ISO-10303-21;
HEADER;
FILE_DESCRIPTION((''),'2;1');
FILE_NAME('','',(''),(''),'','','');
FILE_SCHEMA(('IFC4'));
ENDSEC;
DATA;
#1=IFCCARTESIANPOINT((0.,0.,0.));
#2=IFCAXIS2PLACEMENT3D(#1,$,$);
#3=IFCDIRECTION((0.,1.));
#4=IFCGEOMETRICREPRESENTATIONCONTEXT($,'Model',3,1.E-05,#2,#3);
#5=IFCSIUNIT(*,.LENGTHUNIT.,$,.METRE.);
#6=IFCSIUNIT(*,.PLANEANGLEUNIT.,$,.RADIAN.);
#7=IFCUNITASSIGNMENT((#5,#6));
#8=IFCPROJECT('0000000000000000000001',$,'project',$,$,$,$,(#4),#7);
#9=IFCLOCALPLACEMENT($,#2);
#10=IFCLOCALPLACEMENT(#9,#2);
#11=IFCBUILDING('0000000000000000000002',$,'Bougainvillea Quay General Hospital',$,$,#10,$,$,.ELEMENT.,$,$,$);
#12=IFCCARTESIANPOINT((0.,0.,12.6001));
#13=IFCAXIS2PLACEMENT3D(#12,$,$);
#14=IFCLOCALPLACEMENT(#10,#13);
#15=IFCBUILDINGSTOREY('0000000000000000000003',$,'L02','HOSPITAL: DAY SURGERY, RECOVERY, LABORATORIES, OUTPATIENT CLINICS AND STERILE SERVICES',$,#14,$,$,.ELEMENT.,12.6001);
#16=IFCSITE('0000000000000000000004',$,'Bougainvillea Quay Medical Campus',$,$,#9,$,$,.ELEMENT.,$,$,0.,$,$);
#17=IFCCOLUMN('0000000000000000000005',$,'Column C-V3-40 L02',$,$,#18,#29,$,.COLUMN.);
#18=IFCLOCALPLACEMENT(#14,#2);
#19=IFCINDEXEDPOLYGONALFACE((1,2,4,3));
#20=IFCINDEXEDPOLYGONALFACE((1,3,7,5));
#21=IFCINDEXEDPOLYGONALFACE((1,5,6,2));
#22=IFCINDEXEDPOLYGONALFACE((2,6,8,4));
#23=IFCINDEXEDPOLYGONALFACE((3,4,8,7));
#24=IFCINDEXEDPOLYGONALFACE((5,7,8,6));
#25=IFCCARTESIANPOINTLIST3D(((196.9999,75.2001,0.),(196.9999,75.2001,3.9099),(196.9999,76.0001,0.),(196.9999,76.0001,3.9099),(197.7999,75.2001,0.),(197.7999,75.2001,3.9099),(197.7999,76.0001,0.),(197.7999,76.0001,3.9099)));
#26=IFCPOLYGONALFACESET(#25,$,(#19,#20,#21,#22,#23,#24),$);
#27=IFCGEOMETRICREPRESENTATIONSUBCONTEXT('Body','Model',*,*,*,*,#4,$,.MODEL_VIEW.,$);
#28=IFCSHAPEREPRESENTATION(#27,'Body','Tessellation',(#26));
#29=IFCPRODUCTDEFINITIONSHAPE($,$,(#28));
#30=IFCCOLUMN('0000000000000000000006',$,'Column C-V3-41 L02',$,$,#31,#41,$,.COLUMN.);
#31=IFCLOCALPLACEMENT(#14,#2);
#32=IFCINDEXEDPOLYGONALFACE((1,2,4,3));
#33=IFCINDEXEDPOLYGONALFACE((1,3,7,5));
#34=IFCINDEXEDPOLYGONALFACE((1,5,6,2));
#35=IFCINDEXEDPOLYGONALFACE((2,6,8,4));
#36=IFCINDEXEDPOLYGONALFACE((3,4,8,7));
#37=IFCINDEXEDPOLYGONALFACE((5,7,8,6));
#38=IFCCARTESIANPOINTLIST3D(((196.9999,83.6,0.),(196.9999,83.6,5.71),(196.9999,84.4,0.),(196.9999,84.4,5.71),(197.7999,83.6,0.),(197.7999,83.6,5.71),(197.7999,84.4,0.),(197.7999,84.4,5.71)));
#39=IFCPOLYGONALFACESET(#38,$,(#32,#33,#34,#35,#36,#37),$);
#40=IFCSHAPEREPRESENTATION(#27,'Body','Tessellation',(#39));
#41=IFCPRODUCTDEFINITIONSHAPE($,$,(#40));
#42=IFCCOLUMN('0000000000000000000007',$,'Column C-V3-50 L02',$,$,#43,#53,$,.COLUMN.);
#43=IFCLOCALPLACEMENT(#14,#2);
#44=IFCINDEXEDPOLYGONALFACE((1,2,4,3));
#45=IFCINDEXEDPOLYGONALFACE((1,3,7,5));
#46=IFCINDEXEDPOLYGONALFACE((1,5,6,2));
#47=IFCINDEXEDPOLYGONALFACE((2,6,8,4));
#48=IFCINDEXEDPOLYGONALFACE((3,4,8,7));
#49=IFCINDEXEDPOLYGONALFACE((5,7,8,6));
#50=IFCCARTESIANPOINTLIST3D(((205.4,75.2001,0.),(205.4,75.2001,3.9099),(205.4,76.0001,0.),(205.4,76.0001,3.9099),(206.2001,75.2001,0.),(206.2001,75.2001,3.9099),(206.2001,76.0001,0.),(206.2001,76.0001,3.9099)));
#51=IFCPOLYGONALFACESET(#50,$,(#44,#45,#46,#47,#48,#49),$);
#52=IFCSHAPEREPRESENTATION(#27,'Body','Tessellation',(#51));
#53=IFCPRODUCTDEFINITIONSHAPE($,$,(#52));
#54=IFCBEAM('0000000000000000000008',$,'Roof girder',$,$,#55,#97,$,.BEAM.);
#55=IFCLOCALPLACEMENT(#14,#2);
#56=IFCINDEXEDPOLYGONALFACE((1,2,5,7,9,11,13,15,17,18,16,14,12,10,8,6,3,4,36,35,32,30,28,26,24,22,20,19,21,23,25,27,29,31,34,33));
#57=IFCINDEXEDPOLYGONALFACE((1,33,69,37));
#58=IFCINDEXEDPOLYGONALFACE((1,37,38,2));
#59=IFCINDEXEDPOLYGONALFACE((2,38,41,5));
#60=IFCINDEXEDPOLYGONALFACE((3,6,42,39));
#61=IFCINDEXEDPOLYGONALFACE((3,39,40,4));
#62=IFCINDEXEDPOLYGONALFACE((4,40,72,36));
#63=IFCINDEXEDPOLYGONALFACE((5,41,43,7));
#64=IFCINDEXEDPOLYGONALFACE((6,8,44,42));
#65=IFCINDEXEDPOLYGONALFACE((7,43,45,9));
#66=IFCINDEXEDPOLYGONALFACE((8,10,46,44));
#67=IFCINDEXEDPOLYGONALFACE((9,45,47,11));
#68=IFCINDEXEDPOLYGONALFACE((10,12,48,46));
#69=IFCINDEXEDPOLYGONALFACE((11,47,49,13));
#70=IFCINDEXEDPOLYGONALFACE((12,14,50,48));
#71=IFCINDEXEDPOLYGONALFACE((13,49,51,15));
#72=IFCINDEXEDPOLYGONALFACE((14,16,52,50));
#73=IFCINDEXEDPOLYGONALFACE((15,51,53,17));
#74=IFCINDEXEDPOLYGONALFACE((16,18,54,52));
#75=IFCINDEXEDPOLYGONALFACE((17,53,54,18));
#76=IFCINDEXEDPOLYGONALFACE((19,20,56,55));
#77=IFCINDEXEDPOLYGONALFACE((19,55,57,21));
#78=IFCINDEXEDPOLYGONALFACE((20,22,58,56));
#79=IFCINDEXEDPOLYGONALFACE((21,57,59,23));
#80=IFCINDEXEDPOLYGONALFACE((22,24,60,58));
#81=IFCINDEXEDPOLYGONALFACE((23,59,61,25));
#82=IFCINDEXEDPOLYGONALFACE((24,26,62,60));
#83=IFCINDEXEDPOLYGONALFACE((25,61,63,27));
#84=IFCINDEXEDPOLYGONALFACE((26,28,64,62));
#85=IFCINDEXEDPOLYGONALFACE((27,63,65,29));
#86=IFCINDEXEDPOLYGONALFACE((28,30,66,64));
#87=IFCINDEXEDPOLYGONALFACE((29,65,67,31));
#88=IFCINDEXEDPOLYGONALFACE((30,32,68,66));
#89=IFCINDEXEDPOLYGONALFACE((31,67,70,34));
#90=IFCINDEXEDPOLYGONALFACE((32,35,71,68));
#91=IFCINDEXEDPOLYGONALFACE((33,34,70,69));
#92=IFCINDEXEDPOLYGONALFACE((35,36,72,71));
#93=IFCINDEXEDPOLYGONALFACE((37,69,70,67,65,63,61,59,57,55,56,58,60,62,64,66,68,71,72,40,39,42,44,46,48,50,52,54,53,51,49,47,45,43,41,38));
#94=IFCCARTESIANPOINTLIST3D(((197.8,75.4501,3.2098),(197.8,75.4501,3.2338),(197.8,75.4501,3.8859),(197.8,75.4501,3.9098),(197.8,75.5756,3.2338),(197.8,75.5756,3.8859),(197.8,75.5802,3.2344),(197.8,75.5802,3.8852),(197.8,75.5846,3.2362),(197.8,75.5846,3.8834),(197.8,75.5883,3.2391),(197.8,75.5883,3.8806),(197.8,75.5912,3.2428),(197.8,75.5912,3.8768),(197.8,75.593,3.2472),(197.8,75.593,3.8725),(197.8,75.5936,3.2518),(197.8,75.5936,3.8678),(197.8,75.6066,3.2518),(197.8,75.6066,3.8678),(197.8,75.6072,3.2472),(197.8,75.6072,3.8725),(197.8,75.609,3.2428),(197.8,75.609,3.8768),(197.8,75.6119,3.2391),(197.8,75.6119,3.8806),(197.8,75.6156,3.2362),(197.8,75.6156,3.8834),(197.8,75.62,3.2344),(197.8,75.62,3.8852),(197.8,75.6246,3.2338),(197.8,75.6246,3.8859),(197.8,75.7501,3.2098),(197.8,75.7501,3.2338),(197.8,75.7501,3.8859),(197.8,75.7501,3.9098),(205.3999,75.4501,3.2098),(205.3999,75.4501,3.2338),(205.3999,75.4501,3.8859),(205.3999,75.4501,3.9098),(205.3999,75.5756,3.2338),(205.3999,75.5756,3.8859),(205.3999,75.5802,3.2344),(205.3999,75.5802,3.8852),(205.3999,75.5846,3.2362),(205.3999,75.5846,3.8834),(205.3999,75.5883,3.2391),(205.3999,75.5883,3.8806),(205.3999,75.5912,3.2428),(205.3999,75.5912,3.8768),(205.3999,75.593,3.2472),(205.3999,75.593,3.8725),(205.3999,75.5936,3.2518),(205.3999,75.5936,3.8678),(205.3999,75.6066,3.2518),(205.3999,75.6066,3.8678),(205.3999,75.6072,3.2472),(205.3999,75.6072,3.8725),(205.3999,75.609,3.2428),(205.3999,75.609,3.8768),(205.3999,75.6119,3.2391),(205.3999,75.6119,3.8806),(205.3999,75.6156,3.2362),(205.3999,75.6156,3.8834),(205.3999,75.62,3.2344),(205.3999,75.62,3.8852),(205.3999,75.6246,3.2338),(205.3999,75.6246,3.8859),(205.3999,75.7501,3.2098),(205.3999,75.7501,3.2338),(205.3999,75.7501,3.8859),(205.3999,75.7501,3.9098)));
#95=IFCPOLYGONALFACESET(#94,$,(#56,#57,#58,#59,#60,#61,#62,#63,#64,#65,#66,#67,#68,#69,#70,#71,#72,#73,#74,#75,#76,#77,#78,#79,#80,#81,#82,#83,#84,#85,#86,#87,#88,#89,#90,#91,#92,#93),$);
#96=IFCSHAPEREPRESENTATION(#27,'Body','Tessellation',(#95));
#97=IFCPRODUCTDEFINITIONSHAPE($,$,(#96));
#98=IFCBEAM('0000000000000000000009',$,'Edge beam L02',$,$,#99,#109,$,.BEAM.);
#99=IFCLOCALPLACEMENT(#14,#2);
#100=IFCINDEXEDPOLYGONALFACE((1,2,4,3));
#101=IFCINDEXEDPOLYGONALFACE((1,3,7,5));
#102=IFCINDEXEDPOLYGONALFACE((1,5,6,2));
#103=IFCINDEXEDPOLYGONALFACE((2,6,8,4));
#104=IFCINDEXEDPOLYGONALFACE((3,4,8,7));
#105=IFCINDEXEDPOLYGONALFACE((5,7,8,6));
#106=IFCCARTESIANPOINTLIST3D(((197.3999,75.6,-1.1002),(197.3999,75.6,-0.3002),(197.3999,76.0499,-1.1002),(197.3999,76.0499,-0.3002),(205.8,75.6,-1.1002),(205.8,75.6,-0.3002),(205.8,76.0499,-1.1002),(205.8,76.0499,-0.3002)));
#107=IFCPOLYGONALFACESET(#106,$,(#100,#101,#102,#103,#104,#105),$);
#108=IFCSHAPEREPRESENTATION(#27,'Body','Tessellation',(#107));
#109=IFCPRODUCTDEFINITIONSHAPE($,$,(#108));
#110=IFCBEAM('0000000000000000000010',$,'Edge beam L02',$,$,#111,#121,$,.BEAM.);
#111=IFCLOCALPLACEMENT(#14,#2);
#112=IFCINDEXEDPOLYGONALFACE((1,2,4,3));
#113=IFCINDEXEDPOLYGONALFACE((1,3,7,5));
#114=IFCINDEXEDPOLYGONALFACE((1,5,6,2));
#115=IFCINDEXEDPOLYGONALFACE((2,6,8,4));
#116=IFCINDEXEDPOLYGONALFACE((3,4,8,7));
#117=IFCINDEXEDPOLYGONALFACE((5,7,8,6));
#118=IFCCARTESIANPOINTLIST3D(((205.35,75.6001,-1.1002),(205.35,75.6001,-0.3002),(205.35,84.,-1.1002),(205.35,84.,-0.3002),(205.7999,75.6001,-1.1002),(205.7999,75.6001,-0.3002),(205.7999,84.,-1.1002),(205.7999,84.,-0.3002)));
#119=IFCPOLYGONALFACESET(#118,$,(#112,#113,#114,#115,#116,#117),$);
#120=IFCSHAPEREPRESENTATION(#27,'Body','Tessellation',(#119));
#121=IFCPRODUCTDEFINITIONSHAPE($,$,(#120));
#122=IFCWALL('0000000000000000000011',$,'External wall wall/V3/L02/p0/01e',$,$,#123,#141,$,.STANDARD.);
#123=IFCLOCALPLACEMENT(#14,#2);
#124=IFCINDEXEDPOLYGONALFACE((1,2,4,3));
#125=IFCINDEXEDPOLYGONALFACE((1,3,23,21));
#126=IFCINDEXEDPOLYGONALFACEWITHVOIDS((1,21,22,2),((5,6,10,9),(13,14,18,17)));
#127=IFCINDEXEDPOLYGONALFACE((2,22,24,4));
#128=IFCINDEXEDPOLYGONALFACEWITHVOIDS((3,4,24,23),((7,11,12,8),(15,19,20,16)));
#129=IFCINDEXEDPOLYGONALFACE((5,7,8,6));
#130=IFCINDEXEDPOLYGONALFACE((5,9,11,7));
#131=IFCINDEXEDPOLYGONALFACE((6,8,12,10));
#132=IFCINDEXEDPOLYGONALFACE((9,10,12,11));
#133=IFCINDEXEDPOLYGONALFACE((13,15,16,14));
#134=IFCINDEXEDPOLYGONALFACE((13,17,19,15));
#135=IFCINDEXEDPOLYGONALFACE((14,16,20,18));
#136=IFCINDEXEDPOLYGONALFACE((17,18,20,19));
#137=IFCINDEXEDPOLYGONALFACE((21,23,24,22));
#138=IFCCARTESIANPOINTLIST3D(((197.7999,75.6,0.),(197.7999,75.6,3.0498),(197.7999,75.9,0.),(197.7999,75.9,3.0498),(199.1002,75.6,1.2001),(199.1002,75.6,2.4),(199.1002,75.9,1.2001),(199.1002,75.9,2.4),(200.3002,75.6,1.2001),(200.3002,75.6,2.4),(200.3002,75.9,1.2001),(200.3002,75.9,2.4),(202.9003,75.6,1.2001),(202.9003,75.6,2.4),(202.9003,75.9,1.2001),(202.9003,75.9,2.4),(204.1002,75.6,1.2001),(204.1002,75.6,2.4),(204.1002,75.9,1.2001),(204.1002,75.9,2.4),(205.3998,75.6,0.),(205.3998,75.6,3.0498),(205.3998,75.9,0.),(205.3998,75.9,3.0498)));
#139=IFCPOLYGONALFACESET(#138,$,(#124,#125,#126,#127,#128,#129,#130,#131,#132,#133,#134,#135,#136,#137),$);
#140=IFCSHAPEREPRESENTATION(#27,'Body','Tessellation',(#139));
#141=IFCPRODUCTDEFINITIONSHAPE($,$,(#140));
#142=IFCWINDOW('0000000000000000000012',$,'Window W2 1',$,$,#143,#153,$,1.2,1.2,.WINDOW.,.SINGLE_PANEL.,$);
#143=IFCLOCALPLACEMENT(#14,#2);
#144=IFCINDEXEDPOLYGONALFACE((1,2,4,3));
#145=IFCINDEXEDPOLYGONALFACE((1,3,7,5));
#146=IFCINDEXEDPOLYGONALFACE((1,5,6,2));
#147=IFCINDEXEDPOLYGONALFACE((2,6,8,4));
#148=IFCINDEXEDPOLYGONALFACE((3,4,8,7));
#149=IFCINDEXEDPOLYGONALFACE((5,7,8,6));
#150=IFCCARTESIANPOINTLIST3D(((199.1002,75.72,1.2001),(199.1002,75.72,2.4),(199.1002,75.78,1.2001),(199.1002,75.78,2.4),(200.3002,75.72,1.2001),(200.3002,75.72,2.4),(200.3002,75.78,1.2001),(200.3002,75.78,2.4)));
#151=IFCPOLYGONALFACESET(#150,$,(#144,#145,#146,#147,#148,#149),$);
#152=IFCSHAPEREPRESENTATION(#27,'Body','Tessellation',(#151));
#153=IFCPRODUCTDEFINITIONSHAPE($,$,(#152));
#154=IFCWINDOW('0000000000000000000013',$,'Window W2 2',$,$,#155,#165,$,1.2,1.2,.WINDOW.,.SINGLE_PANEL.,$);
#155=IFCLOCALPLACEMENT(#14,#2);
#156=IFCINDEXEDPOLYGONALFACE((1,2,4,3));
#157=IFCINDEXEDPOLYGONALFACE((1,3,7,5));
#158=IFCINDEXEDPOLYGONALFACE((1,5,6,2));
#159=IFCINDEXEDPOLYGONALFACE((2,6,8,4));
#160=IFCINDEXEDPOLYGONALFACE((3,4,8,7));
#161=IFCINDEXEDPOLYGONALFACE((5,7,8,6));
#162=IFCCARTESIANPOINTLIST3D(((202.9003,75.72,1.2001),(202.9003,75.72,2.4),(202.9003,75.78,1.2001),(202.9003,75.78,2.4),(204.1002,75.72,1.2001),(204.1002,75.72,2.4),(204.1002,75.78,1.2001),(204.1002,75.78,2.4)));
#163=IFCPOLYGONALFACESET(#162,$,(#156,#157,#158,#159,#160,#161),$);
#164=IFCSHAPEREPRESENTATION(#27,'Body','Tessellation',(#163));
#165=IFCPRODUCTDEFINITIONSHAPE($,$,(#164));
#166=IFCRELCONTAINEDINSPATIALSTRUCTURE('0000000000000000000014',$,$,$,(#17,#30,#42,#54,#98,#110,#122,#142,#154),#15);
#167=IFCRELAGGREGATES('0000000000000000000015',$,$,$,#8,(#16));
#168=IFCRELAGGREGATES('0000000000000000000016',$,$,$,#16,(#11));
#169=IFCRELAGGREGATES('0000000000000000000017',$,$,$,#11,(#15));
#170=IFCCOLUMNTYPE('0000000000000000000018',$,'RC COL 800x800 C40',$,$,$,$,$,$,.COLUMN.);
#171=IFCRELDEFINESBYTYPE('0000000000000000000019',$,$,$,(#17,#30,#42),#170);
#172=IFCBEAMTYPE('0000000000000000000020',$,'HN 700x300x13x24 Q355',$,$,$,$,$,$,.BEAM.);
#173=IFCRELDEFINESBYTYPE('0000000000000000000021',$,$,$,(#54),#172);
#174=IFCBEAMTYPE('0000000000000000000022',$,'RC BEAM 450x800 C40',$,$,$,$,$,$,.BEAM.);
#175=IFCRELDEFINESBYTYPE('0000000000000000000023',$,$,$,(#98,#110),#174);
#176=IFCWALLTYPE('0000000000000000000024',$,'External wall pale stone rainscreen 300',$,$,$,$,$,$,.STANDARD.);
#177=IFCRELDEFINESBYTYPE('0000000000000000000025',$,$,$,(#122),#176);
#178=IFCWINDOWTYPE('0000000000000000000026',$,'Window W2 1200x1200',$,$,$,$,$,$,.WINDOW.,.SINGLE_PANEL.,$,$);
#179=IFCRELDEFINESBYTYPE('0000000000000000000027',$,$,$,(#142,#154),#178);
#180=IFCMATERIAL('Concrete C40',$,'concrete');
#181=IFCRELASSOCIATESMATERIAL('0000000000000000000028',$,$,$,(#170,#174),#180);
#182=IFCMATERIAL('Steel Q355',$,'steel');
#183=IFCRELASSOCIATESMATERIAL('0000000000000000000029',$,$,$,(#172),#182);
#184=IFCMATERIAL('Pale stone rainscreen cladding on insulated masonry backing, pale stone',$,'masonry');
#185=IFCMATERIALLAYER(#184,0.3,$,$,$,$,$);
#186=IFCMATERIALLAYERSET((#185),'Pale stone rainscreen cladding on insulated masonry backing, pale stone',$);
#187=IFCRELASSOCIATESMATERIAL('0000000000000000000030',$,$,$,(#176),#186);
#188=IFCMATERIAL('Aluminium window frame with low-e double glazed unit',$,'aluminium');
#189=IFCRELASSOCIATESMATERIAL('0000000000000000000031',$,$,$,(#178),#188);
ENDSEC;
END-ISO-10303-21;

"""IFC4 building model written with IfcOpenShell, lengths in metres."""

from ifc_helpers import new_model, si_unit, direction, frame, frame_2d, origin, origin_2d, place, context, subcontext, project, spatial, rectangle, i_section, extrude, material, layer, layer_set, material_profile, profile_set, type_object, element, fill, save


model = new_model("IFC4")

# Units and contexts
model_context = context("Model", 3, precision=1e-05, world=origin(), true_north=direction((0.0, 1.0)))
body_context = subcontext(model_context, "Body", "Model", "MODEL_VIEW")
ifc_project = project(units=[si_unit("LENGTHUNIT", "METRE"), si_unit("PLANEANGLEUNIT", "RADIAN")], contexts=[model_context])

# Site, building, storey
site_placement = place(None, origin())
site = spatial("IfcSite", under=ifc_project, at=site_placement, Name="Bougainvillea Quay Medical Campus", CompositionType="ELEMENT", RefElevation=0.0)
building_placement = place(site_placement, origin())
building = spatial("IfcBuilding", under=site, at=building_placement, Name="Bougainvillea Quay General Hospital", CompositionType="ELEMENT")
storey_placement = place(building_placement, frame((0.0, 0.0, 12.6001)))
storey = spatial("IfcBuildingStorey", under=building, at=storey_placement, Name="L02", Description="HOSPITAL: DAY SURGERY, RECOVERY, LABORATORIES, OUTPATIENT CLINICS AND STERILE SERVICES", CompositionType="ELEMENT", Elevation=12.6001)

# Columns
ifc_material_1 = material(Name="Concrete C40", Category="concrete")
ifc_material_profile_1 = material_profile(ifc_material_1, rectangle(XDim=0.8, YDim=0.8, at=origin_2d()))
ifc_profile_set_1 = profile_set([ifc_material_profile_1], Name="Concrete C40")
column_type = type_object("IfcColumnType", Name="RC COL 800x800 C40", PredefinedType="COLUMN", material=ifc_profile_set_1)
column_1_placement = place(storey_placement, frame((197.3999, 75.6001, 0.0), z_axis=(0.0, 0.0, 1.0), x_axis=(1.0, 0.0, 0.0)))
element("IfcColumn", 1, at=column_1_placement, inside=storey, type_object=column_type, Name="Column C-V3-40 L02", PredefinedType="COLUMN", context=body_context, shape_type="SweptSolid", body=[
    extrude(rectangle(XDim=0.8, YDim=0.8, at=origin_2d()), origin(), (0.0, 0.0, 1.0), 3.9099),
])
column_2_placement = place(storey_placement, frame((197.3999, 84.0, 0.0), z_axis=(0.0, 0.0, 1.0), x_axis=(1.0, 0.0, 0.0)))
element("IfcColumn", 2, at=column_2_placement, inside=storey, type_object=column_type, Name="Column C-V3-41 L02", PredefinedType="COLUMN", context=body_context, shape_type="SweptSolid", body=[
    extrude(rectangle(XDim=0.8, YDim=0.8, at=origin_2d()), origin(), (0.0, 0.0, 1.0), 5.71),
])
column_3_placement = place(storey_placement, frame((205.8, 75.6001, 0.0), z_axis=(0.0, 0.0, 1.0), x_axis=(1.0, 0.0, 0.0)))
element("IfcColumn", 3, at=column_3_placement, inside=storey, type_object=column_type, Name="Column C-V3-50 L02", PredefinedType="COLUMN", context=body_context, shape_type="SweptSolid", body=[
    extrude(rectangle(XDim=0.8, YDim=0.8, at=origin_2d()), origin(), (0.0, 0.0, 1.0), 3.9099),
])

# Beams
ifc_material_2 = material(Name="Steel Q355", Category="steel")
ifc_material_profile_2 = material_profile(ifc_material_2, i_section(OverallWidth=0.3, OverallDepth=0.7, WebThickness=0.0129, FlangeThickness=0.0239, FilletRadius=0.0181, at=origin_2d()))
ifc_profile_set_2 = profile_set([ifc_material_profile_2], Name="Steel Q355")
beam_type_1 = type_object("IfcBeamType", Name="HN 700x300x13x24 Q355", PredefinedType="BEAM", material=ifc_profile_set_2)
beam_1_placement = place(storey_placement, frame((197.8, 75.6001, 3.5598), z_axis=(1.0, 0.0, 0.0), x_axis=(0.0, 1.0, 0.0)))
element("IfcBeam", 4, at=beam_1_placement, inside=storey, type_object=beam_type_1, Name="Roof girder", PredefinedType="BEAM", context=body_context, shape_type="SweptSolid", body=[
    extrude(i_section(OverallWidth=0.3, OverallDepth=0.7, WebThickness=0.0129, FlangeThickness=0.0239, FilletRadius=0.0181, at=origin_2d()), origin(), (0.0, 0.0, 1.0), 7.5999),
])
ifc_material_profile_3 = material_profile(ifc_material_1, rectangle(XDim=0.45, YDim=0.8, at=origin_2d()))
ifc_profile_set_3 = profile_set([ifc_material_profile_3], Name="Concrete C40")
beam_type_2 = type_object("IfcBeamType", Name="RC BEAM 450x800 C40", PredefinedType="BEAM", material=ifc_profile_set_3)
beam_2_placement = place(storey_placement, frame((197.3999, 75.825, -0.7002), z_axis=(1.0, 0.0, 0.0), x_axis=(0.0, 1.0, 0.0)))
element("IfcBeam", 5, at=beam_2_placement, inside=storey, type_object=beam_type_2, Name="Edge beam L02", PredefinedType="BEAM", context=body_context, shape_type="SweptSolid", body=[
    extrude(rectangle(XDim=0.45, YDim=0.8, at=origin_2d()), origin(), (0.0, 0.0, 1.0), 8.4001),
])
beam_3_placement = place(storey_placement, frame((205.575, 75.6001, -0.7002), z_axis=(0.0, 1.0, 0.0), x_axis=(-1.0, 0.0, 0.0)))
element("IfcBeam", 6, at=beam_3_placement, inside=storey, type_object=beam_type_2, Name="Edge beam L02", PredefinedType="BEAM", context=body_context, shape_type="SweptSolid", body=[
    extrude(rectangle(XDim=0.45, YDim=0.8, at=origin_2d()), origin(), (0.0, 0.0, 1.0), 8.3999),
])

# Wall, openings, windows
ifc_material_3 = material(Name="Pale stone rainscreen cladding on insulated masonry backing, pale stone", Category="masonry")
ifc_layer_1 = layer(ifc_material_3, 0.3)
ifc_layer_set_1 = layer_set([ifc_layer_1], Name="Pale stone rainscreen cladding on insulated masonry backing, pale stone")
wall_type_1 = type_object("IfcWallType", Name="External wall pale stone rainscreen 300", PredefinedType="STANDARD", material=ifc_layer_set_1)
wall_1_placement = place(storey_placement, frame((197.8, 75.75, 0.0), z_axis=(0.0, 0.0, 1.0), x_axis=(1.0, 0.0, 0.0)))
wall_1 = element("IfcWall", 7, at=wall_1_placement, inside=storey, type_object=wall_type_1, Name="External wall wall/V3/L02/p0/01e", PredefinedType="STANDARD", context=body_context, shape_type="SweptSolid", body=[
    extrude(rectangle(XDim=7.5999, YDim=0.3, at=frame_2d((3.7998, 0.0))), origin(), (0.0, 0.0, 1.0), 3.0498),
])
opening_1_placement = place(wall_1_placement, frame((1.3, 0.0, 1.2)))
opening_1 = element("IfcOpeningElement", 8, at=opening_1_placement, cuts=wall_1, PredefinedType="OPENING", context=body_context, shape_type="SweptSolid", body=[
    extrude(rectangle(XDim=1.2, YDim=1.2, at=frame_2d((0.6001, 0.6001))), frame((0.0, 0.1599, 0.0), z_axis=(0.0, -1.0, 0.0), x_axis=(1.0, 0.0, 0.0)), (0.0, 0.0, 1.0), 0.3201),
])
opening_2_placement = place(wall_1_placement, frame((5.1001, 0.0, 1.2)))
opening_2 = element("IfcOpeningElement", 9, at=opening_2_placement, cuts=wall_1, PredefinedType="OPENING", context=body_context, shape_type="SweptSolid", body=[
    extrude(rectangle(XDim=1.2, YDim=1.2, at=frame_2d((0.6001, 0.6001))), frame((0.0, 0.1599, 0.0), z_axis=(0.0, -1.0, 0.0), x_axis=(1.0, 0.0, 0.0)), (0.0, 0.0, 1.0), 0.3201),
])
ifc_material_4 = material(Name="Aluminium window frame with low-e double glazed unit", Category="aluminium")
window_type = type_object("IfcWindowType", Name="Window W2 1200x1200", PartitioningType="SINGLE_PANEL", PredefinedType="WINDOW", material=ifc_material_4)
window_1_placement = place(opening_1_placement, origin())
window_1 = element("IfcWindow", 10, at=window_1_placement, inside=storey, type_object=window_type, Name="Window W2 1", OverallHeight=1.2, OverallWidth=1.2, PartitioningType="SINGLE_PANEL", PredefinedType="WINDOW", context=body_context, shape_type="SweptSolid", body=[
    extrude(rectangle(XDim=1.2, YDim=1.2, at=frame_2d((0.6001, 0.6001))), frame((0.0, 0.03, 0.0), z_axis=(0.0, -1.0, 0.0), x_axis=(1.0, 0.0, 0.0)), (0.0, 0.0, 1.0), 0.0601),
])
fill(opening_1, window_1)
window_2_placement = place(opening_2_placement, origin())
window_2 = element("IfcWindow", 11, at=window_2_placement, inside=storey, type_object=window_type, Name="Window W2 2", OverallHeight=1.2, OverallWidth=1.2, PartitioningType="SINGLE_PANEL", PredefinedType="WINDOW", context=body_context, shape_type="SweptSolid", body=[
    extrude(rectangle(XDim=1.2, YDim=1.2, at=frame_2d((0.6001, 0.6001))), frame((0.0, 0.03, 0.0), z_axis=(0.0, -1.0, 0.0), x_axis=(1.0, 0.0, 0.0)), (0.0, 0.0, 1.0), 0.0601),
])
fill(opening_2, window_2)

save(model, "model.ifc")
